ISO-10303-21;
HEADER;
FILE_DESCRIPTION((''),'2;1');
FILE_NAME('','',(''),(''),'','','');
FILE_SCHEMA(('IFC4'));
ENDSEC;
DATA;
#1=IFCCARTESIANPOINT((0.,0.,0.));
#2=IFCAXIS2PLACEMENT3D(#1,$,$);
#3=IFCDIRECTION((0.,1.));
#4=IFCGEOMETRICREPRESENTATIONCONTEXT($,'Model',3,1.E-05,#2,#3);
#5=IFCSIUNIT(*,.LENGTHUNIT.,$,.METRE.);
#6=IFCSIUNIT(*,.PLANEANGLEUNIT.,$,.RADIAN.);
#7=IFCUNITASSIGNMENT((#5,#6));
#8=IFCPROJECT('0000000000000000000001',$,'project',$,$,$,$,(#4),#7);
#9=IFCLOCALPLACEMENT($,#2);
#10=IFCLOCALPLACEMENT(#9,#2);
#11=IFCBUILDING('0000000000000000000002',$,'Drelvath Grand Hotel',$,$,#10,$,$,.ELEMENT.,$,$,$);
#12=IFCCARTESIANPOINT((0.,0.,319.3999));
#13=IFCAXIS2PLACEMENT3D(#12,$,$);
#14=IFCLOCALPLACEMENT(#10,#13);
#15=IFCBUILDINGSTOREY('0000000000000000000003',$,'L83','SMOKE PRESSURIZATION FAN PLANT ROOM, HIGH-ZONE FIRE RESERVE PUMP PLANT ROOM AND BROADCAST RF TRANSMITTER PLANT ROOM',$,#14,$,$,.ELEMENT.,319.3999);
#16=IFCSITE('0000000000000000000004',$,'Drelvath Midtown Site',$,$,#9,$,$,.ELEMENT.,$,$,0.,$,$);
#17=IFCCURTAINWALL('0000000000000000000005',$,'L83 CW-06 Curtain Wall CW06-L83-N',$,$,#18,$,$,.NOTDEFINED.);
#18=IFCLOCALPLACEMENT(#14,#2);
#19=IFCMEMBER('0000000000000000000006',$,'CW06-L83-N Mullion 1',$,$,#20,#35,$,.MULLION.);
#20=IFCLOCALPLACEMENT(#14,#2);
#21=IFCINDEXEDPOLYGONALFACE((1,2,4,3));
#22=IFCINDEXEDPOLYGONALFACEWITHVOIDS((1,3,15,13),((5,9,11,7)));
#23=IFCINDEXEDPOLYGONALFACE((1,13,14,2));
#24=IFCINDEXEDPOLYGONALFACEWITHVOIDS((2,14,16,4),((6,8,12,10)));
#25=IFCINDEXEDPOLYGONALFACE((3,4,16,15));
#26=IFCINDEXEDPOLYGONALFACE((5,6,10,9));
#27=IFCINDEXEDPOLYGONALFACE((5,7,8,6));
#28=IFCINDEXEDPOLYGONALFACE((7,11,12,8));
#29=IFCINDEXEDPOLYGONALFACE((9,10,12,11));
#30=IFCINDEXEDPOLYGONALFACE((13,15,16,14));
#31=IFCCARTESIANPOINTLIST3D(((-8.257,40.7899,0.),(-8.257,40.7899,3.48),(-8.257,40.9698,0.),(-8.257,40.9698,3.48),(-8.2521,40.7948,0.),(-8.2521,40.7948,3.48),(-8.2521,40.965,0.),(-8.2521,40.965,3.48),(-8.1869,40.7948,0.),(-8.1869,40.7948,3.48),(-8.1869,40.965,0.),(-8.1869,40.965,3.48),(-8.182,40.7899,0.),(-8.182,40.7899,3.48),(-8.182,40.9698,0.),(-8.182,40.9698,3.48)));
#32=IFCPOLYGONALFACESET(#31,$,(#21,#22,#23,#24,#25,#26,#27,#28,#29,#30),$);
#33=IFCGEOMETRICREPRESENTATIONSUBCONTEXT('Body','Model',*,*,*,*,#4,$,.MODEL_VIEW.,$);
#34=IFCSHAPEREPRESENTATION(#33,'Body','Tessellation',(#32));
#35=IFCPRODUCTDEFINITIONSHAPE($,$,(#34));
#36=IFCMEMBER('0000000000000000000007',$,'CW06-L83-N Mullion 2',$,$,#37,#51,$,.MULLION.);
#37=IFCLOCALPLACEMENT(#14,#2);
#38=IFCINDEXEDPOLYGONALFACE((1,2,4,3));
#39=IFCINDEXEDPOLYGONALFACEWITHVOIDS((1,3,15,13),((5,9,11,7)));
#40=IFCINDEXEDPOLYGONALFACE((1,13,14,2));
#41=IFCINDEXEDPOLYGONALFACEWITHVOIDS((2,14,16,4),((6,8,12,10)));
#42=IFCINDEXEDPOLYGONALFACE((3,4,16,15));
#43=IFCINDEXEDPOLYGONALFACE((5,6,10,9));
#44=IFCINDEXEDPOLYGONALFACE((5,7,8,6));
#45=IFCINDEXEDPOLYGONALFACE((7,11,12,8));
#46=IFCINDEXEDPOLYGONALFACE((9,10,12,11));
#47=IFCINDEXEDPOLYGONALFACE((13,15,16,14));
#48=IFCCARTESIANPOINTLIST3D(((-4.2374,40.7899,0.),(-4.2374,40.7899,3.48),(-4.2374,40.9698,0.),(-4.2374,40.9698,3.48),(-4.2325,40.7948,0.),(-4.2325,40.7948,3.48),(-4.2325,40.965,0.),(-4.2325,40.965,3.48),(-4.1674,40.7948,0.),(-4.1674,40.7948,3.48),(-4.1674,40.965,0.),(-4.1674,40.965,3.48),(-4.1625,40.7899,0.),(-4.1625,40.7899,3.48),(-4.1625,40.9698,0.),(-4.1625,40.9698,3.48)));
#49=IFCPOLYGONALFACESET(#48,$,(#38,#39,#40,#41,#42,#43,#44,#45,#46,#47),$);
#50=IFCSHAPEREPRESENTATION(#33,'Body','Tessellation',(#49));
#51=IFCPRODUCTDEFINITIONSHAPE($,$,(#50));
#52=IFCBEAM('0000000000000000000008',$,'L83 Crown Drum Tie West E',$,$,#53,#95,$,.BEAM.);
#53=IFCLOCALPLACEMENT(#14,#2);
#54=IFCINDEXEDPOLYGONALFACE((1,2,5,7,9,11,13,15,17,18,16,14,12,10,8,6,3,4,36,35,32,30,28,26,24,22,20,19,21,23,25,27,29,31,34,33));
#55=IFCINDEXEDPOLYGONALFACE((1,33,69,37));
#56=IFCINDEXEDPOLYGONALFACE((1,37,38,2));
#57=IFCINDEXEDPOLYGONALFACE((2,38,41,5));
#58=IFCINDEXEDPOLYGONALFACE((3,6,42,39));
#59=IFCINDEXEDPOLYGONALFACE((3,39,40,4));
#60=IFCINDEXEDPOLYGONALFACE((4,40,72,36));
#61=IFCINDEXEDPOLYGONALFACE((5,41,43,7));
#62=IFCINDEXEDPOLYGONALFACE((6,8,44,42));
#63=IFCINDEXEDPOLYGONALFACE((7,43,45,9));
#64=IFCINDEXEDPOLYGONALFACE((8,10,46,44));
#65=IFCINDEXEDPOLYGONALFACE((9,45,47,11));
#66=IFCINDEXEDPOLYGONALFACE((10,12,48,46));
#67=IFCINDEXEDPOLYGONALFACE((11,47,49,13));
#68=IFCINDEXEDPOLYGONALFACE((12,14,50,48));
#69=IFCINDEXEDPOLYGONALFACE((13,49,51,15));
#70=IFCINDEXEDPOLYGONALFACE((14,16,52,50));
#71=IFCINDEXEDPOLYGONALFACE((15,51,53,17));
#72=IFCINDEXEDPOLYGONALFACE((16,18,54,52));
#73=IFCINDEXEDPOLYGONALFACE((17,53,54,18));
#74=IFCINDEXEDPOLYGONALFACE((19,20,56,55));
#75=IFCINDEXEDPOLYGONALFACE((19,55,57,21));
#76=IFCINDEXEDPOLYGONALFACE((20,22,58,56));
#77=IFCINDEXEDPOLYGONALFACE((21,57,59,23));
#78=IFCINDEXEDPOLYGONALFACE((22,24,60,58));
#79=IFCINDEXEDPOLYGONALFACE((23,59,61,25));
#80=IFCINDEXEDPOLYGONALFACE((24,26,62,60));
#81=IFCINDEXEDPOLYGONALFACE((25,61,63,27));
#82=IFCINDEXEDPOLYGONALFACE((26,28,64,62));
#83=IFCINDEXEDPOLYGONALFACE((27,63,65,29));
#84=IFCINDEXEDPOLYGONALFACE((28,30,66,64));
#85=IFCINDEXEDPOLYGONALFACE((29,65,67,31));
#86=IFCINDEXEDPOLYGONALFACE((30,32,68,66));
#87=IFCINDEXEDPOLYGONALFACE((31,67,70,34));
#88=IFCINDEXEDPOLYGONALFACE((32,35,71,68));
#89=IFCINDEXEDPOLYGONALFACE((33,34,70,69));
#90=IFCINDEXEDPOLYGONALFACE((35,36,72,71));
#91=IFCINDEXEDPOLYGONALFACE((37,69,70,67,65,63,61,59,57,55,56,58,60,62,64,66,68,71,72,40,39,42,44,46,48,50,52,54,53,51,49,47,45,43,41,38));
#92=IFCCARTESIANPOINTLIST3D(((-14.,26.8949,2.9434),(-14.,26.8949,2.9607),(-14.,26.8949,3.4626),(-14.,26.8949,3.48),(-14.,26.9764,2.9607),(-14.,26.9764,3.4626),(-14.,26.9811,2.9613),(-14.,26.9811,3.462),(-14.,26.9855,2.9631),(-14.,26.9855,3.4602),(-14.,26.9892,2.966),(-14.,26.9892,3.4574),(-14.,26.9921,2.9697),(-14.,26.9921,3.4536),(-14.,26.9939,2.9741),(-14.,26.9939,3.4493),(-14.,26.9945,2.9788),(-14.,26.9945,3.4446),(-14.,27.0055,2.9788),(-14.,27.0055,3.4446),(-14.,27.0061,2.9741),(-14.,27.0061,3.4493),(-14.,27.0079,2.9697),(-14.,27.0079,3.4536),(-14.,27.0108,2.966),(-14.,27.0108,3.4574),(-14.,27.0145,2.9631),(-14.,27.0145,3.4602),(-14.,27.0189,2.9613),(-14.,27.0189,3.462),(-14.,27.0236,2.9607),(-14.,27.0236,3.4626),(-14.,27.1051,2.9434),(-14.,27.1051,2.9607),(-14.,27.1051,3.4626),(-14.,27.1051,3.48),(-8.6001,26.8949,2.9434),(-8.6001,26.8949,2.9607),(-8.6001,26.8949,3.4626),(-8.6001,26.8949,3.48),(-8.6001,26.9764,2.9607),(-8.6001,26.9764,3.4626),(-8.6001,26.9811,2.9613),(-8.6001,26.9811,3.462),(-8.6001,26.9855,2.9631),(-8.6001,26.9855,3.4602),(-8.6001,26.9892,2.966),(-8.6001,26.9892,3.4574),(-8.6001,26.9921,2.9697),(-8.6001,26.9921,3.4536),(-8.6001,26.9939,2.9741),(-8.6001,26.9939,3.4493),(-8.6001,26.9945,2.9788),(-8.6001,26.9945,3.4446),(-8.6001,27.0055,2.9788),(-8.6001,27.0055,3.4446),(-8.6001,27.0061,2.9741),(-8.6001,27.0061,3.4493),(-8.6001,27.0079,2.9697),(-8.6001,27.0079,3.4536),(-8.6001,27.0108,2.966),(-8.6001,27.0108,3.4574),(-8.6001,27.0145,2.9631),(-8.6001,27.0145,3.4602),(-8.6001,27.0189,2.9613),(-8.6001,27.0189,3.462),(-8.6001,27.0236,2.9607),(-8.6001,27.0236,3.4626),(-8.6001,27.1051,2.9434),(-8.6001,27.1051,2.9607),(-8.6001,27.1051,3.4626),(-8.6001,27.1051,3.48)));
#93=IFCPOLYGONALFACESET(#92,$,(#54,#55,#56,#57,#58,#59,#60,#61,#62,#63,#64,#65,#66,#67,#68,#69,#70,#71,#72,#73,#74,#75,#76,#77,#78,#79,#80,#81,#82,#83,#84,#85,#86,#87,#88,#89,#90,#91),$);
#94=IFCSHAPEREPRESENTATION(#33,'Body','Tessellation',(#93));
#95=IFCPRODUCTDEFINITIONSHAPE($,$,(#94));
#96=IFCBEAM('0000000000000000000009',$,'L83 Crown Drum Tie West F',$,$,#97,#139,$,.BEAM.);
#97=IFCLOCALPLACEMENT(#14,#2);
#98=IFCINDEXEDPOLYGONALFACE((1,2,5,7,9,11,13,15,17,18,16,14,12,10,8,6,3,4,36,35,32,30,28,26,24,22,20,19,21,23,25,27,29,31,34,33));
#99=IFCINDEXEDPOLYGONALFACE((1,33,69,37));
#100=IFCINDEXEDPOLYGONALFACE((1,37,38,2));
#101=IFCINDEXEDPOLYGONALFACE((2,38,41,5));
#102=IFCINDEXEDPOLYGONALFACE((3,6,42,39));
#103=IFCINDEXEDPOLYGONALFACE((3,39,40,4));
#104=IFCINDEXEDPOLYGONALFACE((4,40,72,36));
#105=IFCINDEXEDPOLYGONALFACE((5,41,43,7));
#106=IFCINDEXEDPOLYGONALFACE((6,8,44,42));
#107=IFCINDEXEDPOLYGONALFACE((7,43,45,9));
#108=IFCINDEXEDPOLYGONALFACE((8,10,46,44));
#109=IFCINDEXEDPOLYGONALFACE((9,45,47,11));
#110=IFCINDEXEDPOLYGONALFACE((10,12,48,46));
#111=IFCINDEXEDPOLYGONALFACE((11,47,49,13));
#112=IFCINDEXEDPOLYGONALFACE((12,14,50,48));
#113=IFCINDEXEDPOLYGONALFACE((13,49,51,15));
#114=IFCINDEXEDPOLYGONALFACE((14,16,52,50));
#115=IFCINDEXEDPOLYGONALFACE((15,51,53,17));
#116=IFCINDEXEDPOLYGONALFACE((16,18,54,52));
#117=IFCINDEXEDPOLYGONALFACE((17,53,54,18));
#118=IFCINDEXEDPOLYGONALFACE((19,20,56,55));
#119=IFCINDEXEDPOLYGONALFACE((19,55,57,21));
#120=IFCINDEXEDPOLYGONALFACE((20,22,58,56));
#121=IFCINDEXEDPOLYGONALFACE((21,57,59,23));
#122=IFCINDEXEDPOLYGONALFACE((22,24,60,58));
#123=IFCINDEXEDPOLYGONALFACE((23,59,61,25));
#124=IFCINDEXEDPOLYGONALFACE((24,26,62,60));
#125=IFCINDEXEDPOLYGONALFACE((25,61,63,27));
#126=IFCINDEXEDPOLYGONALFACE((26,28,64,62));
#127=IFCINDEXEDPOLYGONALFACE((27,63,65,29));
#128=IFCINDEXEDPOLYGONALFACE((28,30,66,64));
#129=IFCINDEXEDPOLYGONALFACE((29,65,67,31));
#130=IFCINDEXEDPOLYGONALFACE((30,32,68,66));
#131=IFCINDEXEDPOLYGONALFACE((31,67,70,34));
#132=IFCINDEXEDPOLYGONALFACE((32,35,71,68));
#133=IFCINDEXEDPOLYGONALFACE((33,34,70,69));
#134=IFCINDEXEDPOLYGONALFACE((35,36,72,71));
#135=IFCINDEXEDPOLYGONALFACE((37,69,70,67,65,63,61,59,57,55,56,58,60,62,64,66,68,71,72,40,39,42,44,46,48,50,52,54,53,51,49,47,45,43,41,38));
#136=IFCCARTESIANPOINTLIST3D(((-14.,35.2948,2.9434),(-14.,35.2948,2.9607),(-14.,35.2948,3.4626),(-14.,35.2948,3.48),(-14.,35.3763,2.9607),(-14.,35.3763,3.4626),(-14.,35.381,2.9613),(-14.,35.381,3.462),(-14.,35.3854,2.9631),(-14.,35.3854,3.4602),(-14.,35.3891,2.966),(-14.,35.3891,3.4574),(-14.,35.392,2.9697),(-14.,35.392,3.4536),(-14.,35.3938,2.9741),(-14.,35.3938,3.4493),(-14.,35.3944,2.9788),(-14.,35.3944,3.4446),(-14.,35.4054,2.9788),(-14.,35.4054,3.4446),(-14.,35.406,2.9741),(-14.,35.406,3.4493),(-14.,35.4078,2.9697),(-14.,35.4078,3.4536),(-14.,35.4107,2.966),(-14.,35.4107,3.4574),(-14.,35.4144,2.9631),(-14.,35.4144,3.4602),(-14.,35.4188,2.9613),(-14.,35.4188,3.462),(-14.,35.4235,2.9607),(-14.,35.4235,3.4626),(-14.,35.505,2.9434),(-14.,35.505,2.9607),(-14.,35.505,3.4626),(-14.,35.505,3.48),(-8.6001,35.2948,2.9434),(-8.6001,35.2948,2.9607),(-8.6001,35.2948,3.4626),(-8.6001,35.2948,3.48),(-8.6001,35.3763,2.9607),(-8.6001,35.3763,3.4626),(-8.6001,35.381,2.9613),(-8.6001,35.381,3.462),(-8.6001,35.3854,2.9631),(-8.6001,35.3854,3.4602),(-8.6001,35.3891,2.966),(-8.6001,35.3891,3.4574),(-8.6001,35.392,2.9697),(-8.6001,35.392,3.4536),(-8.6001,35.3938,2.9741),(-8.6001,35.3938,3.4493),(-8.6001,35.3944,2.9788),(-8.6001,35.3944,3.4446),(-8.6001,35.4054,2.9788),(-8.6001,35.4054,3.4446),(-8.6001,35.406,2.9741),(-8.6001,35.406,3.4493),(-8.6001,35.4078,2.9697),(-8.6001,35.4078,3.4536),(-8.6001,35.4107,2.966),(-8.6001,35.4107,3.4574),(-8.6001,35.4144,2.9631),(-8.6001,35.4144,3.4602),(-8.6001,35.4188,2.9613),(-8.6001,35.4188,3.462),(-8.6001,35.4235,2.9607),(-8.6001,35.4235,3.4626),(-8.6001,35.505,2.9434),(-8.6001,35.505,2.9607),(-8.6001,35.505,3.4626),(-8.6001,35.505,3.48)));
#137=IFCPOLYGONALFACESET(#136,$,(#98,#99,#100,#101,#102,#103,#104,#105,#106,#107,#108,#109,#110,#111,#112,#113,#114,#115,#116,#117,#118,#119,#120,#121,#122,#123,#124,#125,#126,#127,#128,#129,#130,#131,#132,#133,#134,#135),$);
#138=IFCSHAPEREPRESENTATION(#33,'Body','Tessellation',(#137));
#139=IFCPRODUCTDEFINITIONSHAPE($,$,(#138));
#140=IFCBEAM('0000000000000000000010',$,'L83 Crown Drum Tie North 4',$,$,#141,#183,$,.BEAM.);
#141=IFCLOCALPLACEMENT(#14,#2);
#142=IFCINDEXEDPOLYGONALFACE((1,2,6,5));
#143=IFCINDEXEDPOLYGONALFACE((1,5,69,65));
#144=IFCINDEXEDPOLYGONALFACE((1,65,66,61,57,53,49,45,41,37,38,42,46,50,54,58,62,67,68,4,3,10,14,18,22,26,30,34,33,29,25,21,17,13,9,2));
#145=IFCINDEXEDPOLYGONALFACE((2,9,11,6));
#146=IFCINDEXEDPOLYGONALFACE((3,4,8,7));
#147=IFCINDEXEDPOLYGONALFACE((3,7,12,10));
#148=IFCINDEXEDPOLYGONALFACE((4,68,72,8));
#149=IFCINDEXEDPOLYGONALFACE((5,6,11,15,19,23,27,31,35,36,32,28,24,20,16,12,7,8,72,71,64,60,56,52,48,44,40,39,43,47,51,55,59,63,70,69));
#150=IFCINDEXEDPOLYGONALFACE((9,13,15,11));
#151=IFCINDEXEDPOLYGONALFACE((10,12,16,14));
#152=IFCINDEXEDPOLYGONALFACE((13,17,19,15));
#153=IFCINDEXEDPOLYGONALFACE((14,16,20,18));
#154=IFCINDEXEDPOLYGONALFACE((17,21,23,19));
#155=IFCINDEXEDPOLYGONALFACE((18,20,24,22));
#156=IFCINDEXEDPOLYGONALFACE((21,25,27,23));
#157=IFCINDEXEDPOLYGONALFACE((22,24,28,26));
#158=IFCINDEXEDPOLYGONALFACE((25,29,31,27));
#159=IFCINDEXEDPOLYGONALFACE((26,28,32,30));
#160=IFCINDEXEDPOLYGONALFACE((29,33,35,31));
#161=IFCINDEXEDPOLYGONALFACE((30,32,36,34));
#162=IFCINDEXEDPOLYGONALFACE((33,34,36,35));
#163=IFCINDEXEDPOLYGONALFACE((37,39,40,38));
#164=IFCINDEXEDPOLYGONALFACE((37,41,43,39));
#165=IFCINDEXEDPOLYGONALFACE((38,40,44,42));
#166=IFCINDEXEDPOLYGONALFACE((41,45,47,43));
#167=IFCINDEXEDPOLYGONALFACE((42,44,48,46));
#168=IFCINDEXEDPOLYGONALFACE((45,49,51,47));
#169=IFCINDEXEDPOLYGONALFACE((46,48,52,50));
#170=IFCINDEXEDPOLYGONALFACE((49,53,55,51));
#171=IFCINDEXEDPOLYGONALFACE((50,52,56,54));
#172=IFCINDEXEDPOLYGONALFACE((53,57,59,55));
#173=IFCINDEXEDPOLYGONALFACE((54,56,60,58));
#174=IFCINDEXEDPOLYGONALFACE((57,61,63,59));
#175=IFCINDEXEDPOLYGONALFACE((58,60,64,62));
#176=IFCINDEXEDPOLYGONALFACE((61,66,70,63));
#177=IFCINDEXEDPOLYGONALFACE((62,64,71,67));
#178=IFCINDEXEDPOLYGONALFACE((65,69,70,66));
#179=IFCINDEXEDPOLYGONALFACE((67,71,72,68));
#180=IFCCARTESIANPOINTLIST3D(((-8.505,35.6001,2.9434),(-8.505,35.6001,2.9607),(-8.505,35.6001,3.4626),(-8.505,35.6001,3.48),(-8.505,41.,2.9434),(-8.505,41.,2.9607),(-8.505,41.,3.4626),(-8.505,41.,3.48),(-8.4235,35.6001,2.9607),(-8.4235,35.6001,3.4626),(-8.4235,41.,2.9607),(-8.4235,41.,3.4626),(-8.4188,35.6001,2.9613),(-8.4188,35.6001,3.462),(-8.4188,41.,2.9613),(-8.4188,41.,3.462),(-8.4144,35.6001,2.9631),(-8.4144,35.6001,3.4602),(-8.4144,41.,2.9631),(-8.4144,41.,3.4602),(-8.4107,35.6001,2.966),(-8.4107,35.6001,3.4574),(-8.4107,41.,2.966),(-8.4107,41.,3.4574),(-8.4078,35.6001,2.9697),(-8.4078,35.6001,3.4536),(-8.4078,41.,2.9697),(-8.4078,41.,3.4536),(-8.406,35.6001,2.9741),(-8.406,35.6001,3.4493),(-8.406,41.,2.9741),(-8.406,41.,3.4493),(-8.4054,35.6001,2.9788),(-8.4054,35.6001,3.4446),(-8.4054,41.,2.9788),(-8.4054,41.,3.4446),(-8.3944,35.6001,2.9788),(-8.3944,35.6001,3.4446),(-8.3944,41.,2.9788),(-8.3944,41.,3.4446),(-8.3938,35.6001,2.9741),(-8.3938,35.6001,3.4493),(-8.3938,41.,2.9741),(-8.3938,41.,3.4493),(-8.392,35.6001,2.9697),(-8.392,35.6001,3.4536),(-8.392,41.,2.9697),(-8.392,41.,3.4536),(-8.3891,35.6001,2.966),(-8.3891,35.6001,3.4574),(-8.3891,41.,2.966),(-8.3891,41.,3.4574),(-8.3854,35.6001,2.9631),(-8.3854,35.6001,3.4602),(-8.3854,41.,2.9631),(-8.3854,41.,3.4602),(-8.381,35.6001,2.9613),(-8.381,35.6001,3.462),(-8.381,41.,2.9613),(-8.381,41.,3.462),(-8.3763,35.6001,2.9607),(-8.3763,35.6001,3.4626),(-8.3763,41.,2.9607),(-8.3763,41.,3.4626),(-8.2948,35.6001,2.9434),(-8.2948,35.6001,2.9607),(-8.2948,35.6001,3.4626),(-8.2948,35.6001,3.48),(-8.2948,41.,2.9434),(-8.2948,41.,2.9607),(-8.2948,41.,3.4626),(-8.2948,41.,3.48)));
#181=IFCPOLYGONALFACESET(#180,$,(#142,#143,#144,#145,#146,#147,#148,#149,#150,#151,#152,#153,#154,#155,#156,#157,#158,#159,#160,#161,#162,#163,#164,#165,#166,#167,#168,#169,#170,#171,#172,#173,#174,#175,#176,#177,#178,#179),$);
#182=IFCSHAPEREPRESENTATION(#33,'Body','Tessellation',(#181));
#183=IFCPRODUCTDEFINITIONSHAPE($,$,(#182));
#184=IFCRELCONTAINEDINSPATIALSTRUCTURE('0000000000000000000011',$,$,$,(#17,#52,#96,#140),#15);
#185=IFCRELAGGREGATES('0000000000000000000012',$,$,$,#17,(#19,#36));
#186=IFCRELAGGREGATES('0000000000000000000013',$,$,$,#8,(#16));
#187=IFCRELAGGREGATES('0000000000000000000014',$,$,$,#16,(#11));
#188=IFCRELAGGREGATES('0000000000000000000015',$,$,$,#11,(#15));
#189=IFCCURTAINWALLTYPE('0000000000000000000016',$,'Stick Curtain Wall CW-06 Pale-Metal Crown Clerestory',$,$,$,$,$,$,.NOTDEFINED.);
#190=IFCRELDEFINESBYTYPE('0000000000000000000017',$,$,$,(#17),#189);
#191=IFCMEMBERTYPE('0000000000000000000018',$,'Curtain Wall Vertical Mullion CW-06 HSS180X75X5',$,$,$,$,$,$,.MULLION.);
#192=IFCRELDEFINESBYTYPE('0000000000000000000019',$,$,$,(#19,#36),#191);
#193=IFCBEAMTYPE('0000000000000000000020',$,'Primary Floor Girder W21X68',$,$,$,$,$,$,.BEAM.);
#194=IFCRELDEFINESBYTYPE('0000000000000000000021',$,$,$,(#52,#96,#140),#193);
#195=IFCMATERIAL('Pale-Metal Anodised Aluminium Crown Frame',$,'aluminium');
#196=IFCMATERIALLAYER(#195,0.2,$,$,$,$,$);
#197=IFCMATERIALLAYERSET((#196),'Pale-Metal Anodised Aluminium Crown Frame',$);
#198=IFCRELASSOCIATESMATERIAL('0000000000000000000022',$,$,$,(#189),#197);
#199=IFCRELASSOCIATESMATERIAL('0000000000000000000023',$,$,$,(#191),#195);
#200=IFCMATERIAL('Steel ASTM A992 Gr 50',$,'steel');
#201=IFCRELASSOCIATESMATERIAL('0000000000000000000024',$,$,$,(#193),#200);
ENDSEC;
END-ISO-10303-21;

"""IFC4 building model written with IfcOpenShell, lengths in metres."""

from ifc_helpers import new_model, si_unit, direction, frame, origin, origin_2d, place, context, subcontext, project, spatial, hollow_rectangle, i_section, extrude, material, layer, layer_set, material_profile, profile_set, type_object, element, aggregate, save


model = new_model("IFC4")

# Units and contexts
model_context = context("Model", 3, precision=1e-05, world=origin(), true_north=direction((0.0, 1.0)))
body_context = subcontext(model_context, "Body", "Model", "MODEL_VIEW")
ifc_project = project(units=[si_unit("LENGTHUNIT", "METRE"), si_unit("PLANEANGLEUNIT", "RADIAN")], contexts=[model_context])

# Site, building, storey
site_placement = place(None, origin())
site = spatial("IfcSite", under=ifc_project, at=site_placement, Name="Drelvath Midtown Site", CompositionType="ELEMENT", RefElevation=0.0)
building_placement = place(site_placement, origin())
building = spatial("IfcBuilding", under=site, at=building_placement, Name="Drelvath Grand Hotel", CompositionType="ELEMENT")
storey_placement = place(building_placement, frame((0.0, 0.0, 319.3999)))
storey = spatial("IfcBuildingStorey", under=building, at=storey_placement, Name="L83", Description="SMOKE PRESSURIZATION FAN PLANT ROOM, HIGH-ZONE FIRE RESERVE PUMP PLANT ROOM AND BROADCAST RF TRANSMITTER PLANT ROOM", CompositionType="ELEMENT", Elevation=319.3999)

# Curtain wall
ifc_material_1 = material(Name="Pale-Metal Anodised Aluminium Crown Frame", Category="aluminium")
ifc_layer_1 = layer(ifc_material_1, 0.2)
ifc_layer_set_1 = layer_set([ifc_layer_1], Name="Pale-Metal Anodised Aluminium Crown Frame")
curtain_wall_type = type_object("IfcCurtainWallType", Name="Stick Curtain Wall CW-06 Pale-Metal Crown Clerestory", PredefinedType="NOTDEFINED", material=ifc_layer_set_1)
curtain_wall_1_placement = place(storey_placement, origin())
curtain_wall_1 = element("IfcCurtainWall", 1, at=curtain_wall_1_placement, inside=storey, type_object=curtain_wall_type, Name="L83 CW-06 Curtain Wall CW06-L83-N", PredefinedType="NOTDEFINED")
ifc_material_profile_1 = material_profile(ifc_material_1, hollow_rectangle(XDim=0.075, YDim=0.1799, WallThickness=0.0049, at=origin_2d()), Name="HSS180X75X5")
ifc_profile_set_1 = profile_set([ifc_material_profile_1], Name="Pale-Metal Anodised Aluminium Crown Frame")
member_type_1 = type_object("IfcMemberType", Name="Curtain Wall Vertical Mullion CW-06 HSS180X75X5", PredefinedType="MULLION", material=ifc_profile_set_1)

# Members
member_1_placement = place(storey_placement, frame((-8.2195, 40.8799, 0.0), z_axis=(0.0, 0.0, 1.0), x_axis=(1.0, 0.0, 0.0)))
member_1 = element("IfcMember", 2, at=member_1_placement, type_object=member_type_1, Name="CW06-L83-N Mullion 1", PredefinedType="MULLION", context=body_context, shape_type="SweptSolid", body=[
    extrude(hollow_rectangle(XDim=0.075, YDim=0.1799, WallThickness=0.0049, at=origin_2d()), origin(), (0.0, 0.0, 1.0), 3.48),
])
member_2_placement = place(storey_placement, frame((-4.2, 40.8799, 0.0), z_axis=(0.0, 0.0, 1.0), x_axis=(1.0, 0.0, 0.0)))
member_2 = element("IfcMember", 3, at=member_2_placement, type_object=member_type_1, Name="CW06-L83-N Mullion 2", PredefinedType="MULLION", context=body_context, shape_type="SweptSolid", body=[
    extrude(hollow_rectangle(XDim=0.075, YDim=0.1799, WallThickness=0.0049, at=origin_2d()), origin(), (0.0, 0.0, 1.0), 3.48),
])

# Beams
ifc_material_2 = material(Name="Steel ASTM A992 Gr 50", Category="steel")
ifc_material_profile_2 = material_profile(ifc_material_2, i_section(OverallWidth=0.2102, OverallDepth=0.5366, WebThickness=0.011, FlangeThickness=0.0173, FilletRadius=0.0181, at=origin_2d()), Name="W21X68")
ifc_profile_set_2 = profile_set([ifc_material_profile_2], Name="Steel ASTM A992 Gr 50")
beam_type_1 = type_object("IfcBeamType", Name="Primary Floor Girder W21X68", PredefinedType="BEAM", material=ifc_profile_set_2)
for number, where, z_axis, x_axis, name in (
    (4, (-14.0, 27.0, 3.2117), (1.0, 0.0, 0.0), (0.0, 1.0, 0.0), "L83 Crown Drum Tie West E"),
    (5, (-14.0, 35.3999, 3.2117), (1.0, 0.0, 0.0), (0.0, 1.0, 0.0), "L83 Crown Drum Tie West F"),
    (6, (-8.3999, 35.6001, 3.2117), (0.0, 1.0, 0.0), (-1.0, 0.0, 0.0), "L83 Crown Drum Tie North 4"),
):
    element("IfcBeam", number, at=place(storey_placement, frame(where, z_axis=z_axis, x_axis=x_axis)), inside=storey, type_object=beam_type_1, Name=name, PredefinedType="BEAM", context=body_context, shape_type="SweptSolid", body=[
        extrude(i_section(OverallWidth=0.2102, OverallDepth=0.5366, WebThickness=0.011, FlangeThickness=0.0173, FilletRadius=0.0181, at=origin_2d()), origin(), (0.0, 0.0, 1.0), 5.3999),
    ])

aggregate(curtain_wall_1, [member_1, member_2])

save(model, "model.ifc")
